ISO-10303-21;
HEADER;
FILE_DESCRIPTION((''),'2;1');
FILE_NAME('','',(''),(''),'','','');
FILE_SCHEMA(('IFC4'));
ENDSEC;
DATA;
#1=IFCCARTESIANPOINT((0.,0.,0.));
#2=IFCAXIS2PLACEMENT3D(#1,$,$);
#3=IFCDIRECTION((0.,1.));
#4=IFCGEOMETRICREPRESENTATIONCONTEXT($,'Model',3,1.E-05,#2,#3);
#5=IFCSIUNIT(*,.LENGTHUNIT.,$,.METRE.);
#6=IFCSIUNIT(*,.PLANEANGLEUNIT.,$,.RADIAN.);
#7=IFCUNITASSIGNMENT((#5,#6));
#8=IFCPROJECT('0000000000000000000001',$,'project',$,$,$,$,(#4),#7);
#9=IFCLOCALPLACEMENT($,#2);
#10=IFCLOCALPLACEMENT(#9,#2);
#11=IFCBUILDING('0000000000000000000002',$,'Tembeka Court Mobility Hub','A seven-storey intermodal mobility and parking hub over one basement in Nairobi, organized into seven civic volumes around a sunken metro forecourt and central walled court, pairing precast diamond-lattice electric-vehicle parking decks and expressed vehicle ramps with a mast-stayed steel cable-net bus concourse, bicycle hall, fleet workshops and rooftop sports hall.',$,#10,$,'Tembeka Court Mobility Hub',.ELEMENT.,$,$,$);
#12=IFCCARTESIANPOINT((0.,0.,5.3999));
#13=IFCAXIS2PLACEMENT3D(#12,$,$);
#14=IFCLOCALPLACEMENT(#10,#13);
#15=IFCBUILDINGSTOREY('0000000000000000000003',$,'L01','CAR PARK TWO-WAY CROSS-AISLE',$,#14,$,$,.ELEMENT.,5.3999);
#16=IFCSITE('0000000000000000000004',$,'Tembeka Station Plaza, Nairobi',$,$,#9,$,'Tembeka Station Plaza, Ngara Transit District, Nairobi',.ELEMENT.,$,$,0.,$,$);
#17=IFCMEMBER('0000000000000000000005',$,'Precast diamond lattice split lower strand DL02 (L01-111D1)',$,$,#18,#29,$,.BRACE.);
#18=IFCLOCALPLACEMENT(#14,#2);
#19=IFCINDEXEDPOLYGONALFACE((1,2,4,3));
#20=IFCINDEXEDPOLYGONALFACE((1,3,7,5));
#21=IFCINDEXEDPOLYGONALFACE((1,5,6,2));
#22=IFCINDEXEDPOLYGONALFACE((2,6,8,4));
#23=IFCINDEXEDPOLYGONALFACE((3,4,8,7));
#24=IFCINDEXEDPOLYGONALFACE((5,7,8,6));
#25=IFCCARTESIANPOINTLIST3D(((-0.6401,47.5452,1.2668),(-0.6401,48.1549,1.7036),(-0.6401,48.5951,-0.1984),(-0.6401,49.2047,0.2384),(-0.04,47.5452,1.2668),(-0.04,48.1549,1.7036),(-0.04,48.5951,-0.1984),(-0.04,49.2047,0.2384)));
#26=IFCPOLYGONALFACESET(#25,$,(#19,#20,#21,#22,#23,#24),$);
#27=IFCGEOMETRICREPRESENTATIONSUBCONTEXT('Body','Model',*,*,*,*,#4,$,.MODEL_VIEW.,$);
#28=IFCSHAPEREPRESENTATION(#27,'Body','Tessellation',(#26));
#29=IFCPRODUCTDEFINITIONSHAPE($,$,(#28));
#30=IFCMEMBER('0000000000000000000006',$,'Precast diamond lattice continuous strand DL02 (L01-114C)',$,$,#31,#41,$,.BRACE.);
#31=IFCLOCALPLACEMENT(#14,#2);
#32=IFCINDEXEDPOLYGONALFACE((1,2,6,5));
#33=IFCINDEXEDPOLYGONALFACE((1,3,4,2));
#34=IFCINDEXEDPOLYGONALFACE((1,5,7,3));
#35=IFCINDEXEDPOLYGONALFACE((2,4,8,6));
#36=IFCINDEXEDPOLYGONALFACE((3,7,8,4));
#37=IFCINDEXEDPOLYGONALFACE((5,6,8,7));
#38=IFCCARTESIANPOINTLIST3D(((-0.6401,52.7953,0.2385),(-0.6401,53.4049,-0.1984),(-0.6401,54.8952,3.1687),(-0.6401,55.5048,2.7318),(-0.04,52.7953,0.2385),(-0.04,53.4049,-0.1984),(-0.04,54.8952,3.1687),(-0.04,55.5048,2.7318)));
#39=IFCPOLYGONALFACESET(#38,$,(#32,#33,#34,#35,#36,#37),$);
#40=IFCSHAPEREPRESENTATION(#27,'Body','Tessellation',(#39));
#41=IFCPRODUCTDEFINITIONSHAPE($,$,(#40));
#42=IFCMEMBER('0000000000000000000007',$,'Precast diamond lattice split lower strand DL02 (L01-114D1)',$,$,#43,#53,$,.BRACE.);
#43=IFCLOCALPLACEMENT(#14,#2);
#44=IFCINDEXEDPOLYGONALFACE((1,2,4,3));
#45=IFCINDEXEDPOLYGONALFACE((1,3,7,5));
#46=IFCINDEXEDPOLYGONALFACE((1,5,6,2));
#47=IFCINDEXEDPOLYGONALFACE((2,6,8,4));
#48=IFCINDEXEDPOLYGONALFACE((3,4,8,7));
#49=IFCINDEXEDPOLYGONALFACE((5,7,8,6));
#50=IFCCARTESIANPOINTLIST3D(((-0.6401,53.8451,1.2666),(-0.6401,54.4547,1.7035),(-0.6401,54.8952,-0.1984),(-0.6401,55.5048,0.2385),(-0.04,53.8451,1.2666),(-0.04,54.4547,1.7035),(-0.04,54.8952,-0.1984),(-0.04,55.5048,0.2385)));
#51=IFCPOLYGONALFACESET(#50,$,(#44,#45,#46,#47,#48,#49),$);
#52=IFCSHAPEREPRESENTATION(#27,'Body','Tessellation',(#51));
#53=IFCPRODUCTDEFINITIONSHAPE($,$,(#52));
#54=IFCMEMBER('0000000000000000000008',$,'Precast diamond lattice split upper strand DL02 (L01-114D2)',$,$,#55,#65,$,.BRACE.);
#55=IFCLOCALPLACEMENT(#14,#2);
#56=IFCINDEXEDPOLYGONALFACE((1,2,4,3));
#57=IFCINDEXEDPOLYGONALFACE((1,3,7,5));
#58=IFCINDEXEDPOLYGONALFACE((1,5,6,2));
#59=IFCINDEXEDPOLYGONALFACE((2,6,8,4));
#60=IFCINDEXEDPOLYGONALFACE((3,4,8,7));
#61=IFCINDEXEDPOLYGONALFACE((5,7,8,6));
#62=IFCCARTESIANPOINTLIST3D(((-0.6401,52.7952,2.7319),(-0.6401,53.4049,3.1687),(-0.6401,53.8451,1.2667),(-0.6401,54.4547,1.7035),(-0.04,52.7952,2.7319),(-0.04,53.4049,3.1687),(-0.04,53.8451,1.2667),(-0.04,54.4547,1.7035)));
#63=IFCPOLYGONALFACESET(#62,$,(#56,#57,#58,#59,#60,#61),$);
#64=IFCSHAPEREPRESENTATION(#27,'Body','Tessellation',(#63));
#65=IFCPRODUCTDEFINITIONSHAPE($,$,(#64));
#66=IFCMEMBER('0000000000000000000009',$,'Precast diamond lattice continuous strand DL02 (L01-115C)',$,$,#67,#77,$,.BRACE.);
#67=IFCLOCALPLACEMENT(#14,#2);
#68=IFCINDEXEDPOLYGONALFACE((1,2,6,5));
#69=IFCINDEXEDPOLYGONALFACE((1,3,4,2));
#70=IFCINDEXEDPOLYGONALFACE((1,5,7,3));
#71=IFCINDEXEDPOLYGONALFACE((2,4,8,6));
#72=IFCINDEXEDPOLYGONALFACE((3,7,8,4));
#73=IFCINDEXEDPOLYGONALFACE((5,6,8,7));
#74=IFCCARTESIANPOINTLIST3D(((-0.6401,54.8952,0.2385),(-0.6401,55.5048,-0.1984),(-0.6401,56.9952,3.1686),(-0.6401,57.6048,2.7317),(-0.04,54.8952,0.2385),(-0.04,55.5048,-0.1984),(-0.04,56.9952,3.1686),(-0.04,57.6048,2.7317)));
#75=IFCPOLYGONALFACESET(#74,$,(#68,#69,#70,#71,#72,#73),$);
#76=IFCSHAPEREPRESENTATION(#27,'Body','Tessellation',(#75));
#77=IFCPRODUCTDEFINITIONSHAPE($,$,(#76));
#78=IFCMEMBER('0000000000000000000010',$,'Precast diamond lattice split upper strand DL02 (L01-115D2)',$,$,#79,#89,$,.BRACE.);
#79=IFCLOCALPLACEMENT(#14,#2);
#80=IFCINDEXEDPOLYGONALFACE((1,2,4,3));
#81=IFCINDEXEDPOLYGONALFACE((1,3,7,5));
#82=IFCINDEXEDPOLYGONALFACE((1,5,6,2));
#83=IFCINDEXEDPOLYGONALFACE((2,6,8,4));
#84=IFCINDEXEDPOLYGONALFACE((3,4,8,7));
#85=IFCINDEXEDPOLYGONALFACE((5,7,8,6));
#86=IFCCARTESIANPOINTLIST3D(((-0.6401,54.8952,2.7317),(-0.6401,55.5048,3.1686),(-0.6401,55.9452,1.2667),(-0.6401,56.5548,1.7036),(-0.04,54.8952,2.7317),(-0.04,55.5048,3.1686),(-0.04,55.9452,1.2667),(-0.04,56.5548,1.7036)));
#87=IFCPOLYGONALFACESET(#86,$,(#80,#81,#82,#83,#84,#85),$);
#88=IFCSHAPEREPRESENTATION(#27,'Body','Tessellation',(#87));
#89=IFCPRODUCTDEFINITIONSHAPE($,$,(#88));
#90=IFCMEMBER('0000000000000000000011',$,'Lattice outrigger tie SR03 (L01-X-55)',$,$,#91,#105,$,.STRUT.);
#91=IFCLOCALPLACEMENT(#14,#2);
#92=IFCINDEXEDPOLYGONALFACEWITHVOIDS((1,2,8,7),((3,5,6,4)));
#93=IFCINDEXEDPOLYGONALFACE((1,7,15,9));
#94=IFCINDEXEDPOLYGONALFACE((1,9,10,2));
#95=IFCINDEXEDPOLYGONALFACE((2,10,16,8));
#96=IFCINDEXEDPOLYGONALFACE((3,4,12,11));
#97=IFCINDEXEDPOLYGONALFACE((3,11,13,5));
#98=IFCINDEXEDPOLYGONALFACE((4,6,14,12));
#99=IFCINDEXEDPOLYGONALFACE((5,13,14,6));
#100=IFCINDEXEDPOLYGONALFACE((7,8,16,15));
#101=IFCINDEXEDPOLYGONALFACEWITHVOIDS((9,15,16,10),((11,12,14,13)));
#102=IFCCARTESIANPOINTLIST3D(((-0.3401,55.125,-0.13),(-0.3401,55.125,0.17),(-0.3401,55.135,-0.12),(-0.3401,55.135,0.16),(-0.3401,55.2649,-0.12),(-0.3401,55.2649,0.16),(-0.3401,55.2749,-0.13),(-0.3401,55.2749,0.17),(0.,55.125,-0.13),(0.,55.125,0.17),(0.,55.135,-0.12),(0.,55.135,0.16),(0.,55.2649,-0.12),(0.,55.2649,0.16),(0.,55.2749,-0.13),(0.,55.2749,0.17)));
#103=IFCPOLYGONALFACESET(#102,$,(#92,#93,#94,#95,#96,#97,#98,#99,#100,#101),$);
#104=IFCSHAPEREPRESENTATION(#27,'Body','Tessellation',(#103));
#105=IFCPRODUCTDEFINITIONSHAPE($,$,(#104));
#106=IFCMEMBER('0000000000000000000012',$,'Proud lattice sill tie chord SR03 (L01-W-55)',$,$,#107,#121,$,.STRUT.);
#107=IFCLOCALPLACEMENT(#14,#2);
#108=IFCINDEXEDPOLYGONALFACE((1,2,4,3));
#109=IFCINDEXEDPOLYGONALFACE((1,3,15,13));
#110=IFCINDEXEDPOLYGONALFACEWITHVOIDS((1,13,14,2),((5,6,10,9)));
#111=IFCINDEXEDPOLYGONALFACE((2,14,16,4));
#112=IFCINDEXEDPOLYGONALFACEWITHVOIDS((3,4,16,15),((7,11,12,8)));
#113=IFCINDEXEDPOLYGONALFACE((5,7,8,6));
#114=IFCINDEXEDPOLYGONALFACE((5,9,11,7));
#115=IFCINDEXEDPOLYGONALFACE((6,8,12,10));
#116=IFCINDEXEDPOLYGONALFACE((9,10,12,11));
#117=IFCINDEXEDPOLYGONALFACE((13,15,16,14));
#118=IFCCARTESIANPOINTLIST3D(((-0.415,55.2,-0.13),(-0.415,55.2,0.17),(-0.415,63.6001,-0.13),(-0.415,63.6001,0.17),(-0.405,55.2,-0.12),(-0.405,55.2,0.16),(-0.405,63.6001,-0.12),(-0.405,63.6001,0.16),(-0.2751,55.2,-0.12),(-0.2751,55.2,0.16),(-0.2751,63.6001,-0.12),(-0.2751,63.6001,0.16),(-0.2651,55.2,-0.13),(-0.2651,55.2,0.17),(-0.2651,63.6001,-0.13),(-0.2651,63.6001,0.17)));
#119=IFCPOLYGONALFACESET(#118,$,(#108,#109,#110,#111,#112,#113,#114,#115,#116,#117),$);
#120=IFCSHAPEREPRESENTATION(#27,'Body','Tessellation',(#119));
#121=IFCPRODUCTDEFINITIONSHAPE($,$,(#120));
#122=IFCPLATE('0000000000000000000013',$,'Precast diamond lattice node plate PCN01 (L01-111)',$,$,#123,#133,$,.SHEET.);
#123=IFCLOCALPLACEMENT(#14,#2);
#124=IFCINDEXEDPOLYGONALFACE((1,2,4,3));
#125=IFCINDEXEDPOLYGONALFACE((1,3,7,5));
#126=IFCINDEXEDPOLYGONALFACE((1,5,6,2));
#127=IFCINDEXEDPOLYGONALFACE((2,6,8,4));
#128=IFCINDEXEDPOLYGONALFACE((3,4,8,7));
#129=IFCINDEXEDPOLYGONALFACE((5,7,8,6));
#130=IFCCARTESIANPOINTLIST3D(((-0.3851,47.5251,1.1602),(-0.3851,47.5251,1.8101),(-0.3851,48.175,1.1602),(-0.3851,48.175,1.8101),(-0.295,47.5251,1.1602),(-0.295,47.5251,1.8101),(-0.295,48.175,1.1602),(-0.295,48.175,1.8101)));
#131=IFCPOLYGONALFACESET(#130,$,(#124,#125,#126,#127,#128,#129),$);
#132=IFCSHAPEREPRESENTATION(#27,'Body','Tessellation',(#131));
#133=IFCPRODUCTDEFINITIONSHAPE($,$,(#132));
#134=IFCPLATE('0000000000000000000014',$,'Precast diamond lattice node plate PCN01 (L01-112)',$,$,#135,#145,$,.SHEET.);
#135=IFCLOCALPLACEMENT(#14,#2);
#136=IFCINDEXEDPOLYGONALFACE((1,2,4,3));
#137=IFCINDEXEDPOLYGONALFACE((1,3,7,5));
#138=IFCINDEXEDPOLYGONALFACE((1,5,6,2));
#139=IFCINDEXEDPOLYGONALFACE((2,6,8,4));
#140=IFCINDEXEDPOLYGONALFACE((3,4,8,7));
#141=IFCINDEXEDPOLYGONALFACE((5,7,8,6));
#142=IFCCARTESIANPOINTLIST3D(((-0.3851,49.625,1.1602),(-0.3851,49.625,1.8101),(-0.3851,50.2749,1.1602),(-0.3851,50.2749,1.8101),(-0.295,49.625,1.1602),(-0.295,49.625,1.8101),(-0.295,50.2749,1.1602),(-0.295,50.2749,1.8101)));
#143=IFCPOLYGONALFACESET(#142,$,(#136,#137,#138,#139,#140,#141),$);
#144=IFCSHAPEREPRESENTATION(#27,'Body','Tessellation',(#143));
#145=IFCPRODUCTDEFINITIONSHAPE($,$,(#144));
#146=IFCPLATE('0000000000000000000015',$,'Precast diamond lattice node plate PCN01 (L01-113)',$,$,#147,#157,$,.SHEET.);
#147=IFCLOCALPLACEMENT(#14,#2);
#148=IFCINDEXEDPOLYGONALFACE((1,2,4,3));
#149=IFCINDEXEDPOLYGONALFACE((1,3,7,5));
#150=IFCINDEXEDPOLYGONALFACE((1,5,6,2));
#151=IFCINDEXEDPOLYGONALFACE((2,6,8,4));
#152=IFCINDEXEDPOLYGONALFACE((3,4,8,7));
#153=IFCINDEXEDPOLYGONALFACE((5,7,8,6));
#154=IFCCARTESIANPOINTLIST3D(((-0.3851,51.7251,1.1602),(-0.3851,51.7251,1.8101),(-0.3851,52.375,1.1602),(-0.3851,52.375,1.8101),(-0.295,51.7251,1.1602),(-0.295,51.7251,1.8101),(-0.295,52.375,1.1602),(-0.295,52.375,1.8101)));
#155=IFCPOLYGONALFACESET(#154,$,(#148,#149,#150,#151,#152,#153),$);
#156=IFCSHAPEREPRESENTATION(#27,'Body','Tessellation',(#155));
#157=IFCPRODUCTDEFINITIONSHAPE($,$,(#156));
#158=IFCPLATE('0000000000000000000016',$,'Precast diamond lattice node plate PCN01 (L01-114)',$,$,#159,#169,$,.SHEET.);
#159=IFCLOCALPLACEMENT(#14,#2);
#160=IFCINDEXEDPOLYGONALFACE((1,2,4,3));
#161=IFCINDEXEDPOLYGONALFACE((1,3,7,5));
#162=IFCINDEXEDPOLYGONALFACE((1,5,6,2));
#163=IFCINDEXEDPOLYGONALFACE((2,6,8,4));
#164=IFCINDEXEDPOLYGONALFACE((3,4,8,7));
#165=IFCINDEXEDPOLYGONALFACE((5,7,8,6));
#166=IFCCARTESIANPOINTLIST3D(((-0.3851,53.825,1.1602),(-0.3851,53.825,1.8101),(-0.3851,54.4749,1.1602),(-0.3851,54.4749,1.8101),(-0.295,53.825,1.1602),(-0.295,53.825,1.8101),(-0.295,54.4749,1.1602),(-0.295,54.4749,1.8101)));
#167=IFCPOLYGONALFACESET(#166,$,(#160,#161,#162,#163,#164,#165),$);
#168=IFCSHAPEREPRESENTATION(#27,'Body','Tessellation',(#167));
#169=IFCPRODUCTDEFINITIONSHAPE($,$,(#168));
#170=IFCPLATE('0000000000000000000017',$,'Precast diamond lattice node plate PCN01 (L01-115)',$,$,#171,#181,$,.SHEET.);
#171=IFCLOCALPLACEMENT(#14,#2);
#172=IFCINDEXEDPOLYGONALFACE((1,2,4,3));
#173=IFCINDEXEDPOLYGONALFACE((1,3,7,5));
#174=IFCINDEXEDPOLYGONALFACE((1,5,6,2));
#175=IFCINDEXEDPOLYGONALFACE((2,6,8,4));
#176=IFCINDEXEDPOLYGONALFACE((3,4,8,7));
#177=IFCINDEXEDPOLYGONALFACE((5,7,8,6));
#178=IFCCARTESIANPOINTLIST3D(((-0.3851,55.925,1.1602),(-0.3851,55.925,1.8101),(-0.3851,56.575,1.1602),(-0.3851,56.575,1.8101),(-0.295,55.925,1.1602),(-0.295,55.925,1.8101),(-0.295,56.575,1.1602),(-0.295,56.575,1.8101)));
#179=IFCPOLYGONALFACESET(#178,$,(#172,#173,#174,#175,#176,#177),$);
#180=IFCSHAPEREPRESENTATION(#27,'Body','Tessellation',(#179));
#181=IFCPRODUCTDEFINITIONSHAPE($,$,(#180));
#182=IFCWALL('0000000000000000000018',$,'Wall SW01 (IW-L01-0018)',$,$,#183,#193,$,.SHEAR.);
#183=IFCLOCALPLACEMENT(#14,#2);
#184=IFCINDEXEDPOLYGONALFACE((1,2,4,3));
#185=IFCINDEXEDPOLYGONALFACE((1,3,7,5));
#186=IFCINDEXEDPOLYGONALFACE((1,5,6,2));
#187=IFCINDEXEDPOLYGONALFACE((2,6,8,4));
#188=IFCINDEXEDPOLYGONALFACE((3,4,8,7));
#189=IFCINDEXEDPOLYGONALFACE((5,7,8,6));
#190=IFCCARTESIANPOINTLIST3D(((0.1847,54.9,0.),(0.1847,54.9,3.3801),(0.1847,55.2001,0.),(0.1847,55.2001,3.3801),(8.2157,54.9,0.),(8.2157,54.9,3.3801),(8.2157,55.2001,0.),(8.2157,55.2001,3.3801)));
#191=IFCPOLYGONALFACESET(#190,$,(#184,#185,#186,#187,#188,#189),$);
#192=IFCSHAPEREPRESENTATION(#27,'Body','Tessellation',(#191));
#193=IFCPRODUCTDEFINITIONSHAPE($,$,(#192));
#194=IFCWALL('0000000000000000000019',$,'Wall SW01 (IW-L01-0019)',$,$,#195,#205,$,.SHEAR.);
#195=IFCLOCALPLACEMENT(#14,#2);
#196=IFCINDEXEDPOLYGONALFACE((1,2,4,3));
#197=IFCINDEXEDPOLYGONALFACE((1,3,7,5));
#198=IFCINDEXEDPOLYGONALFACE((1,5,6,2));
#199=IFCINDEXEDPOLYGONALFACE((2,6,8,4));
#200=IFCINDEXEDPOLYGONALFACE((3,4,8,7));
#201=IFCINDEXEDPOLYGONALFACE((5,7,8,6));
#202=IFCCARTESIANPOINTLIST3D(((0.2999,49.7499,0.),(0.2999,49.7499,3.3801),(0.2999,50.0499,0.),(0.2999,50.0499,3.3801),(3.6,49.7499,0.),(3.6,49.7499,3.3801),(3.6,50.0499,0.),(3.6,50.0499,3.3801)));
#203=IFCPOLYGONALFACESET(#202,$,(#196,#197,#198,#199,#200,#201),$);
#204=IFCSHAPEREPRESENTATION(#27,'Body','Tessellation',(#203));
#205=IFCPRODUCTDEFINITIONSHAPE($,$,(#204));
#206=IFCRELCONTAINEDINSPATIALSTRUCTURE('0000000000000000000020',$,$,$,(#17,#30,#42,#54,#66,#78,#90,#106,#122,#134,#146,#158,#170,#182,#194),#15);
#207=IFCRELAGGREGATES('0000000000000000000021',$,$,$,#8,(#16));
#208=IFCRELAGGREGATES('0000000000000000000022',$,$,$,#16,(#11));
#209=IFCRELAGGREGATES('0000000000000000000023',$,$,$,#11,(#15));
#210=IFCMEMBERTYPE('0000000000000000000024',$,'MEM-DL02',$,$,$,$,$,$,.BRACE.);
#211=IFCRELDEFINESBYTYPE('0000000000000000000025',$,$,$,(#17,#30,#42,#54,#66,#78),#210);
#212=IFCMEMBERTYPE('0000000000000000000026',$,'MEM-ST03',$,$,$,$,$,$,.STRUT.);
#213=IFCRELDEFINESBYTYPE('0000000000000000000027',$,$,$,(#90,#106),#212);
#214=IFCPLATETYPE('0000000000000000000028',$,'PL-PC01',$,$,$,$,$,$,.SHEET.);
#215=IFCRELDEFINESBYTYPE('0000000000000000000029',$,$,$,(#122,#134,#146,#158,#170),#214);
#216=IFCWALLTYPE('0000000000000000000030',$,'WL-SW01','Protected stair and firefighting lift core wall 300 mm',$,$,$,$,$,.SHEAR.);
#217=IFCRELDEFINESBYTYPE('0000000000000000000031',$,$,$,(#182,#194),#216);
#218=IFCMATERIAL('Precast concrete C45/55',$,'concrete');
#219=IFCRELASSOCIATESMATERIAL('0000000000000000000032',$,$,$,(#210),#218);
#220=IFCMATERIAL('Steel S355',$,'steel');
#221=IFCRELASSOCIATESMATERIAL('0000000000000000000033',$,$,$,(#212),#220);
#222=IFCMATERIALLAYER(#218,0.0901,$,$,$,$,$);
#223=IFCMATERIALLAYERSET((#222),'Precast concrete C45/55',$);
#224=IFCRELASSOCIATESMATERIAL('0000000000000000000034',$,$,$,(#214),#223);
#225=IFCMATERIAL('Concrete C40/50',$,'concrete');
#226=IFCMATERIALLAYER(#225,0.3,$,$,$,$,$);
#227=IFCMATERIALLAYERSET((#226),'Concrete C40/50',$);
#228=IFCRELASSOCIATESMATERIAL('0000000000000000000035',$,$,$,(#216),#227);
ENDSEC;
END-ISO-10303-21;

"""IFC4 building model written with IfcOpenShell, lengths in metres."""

from ifc_helpers import new_model, si_unit, direction, frame, frame_2d, origin, origin_2d, place, context, subcontext, project, spatial, rectangle, hollow_rectangle, extrude, material, layer, layer_set, material_profile, profile_set, type_object, element, save


model = new_model("IFC4")

# Units and contexts
model_context = context("Model", 3, precision=1e-05, world=origin(), true_north=direction((0.0, 1.0)))
body_context = subcontext(model_context, "Body", "Model", "MODEL_VIEW")
ifc_project = project(units=[si_unit("LENGTHUNIT", "METRE"), si_unit("PLANEANGLEUNIT", "RADIAN")], contexts=[model_context])

# Site, building, storey
site_placement = place(None, origin())
site = spatial("IfcSite", under=ifc_project, at=site_placement, Name="Tembeka Station Plaza, Nairobi", LongName="Tembeka Station Plaza, Ngara Transit District, Nairobi", CompositionType="ELEMENT", RefElevation=0.0)
building_placement = place(site_placement, origin())
building = spatial("IfcBuilding", under=site, at=building_placement, Name="Tembeka Court Mobility Hub", Description="A seven-storey intermodal mobility and parking hub over one basement in Nairobi, organized into seven civic volumes around a sunken metro forecourt and central walled court, pairing precast diamond-lattice electric-vehicle parking decks and expressed vehicle ramps with a mast-stayed steel cable-net bus concourse, bicycle hall, fleet workshops and rooftop sports hall.", LongName="Tembeka Court Mobility Hub", CompositionType="ELEMENT")
storey_placement = place(building_placement, frame((0.0, 0.0, 5.3999)))
storey = spatial("IfcBuildingStorey", under=building, at=storey_placement, Name="L01", Description="CAR PARK TWO-WAY CROSS-AISLE", CompositionType="ELEMENT", Elevation=5.3999)

# Shared definitions
ifc_material_1 = material(Name="Steel S355", Category="steel")

# Shared definitions
ifc_material_2 = material(Name="Precast concrete C45/55", Category="concrete")

# Members
ifc_material_profile_1 = material_profile(ifc_material_2, rectangle(XDim=0.6001, YDim=0.75, at=origin_2d()), Name="PC-DIAG 600x750")
ifc_profile_set_1 = profile_set([ifc_material_profile_1], Name="Precast concrete C45/55")
member_type_1 = type_object("IfcMemberType", Name="MEM-DL02", PredefinedType="BRACE", material=ifc_profile_set_1)
member_1_placement = place(storey_placement, frame((-0.3401, 48.8999, 0.02), z_axis=(0.0, -0.582455, 0.812863), x_axis=(1.0, 0.0, 0.0)))
element("IfcMember", 1, at=member_1_placement, inside=storey, type_object=member_type_1, Name="Precast diamond lattice split lower strand DL02 (L01-111D1)", PredefinedType="BRACE", context=body_context, shape_type="SweptSolid", body=[
    extrude(rectangle(XDim=0.6001, YDim=0.75, at=origin_2d()), origin(), (0.0, 0.0, 1.0), 1.8025),
])
member_2_placement = place(storey_placement, frame((-0.3401, 53.1001, 0.02), z_axis=(0.0, 0.5825, 0.812831), x_axis=(-1.0, 0.0, 0.0)))
element("IfcMember", 2, at=member_2_placement, inside=storey, type_object=member_type_1, Name="Precast diamond lattice continuous strand DL02 (L01-114C)", PredefinedType="BRACE", context=body_context, shape_type="SweptSolid", body=[
    extrude(rectangle(XDim=0.6001, YDim=0.75, at=origin_2d()), origin(), (0.0, 0.0, 1.0), 3.605),
])
for number, where, z_axis, x_axis, name in (
    (3, (-0.3401, 55.2, 0.02), (0.0, -0.582544, 0.812799), (1.0, 0.0, 0.0), "Precast diamond lattice split lower strand DL02 (L01-114D1)"),
    (4, (-0.3401, 54.1499, 1.4851), (0.0, -0.582455, 0.812863), (1.0, 0.0, 0.0), "Precast diamond lattice split upper strand DL02 (L01-114D2)"),
):
    element("IfcMember", number, at=place(storey_placement, frame(where, z_axis=z_axis, x_axis=x_axis)), inside=storey, type_object=member_type_1, Name=name, PredefinedType="BRACE", context=body_context, shape_type="SweptSolid", body=[
        extrude(rectangle(XDim=0.6001, YDim=0.75, at=origin_2d()), origin(), (0.0, 0.0, 1.0), 1.8025),
    ])
member_3_placement = place(storey_placement, frame((-0.3401, 55.2, 0.02), z_axis=(0.0, 0.582544, 0.812799), x_axis=(-1.0, 0.0, 0.0)))
element("IfcMember", 5, at=member_3_placement, inside=storey, type_object=member_type_1, Name="Precast diamond lattice continuous strand DL02 (L01-115C)", PredefinedType="BRACE", context=body_context, shape_type="SweptSolid", body=[
    extrude(rectangle(XDim=0.6001, YDim=0.75, at=origin_2d()), origin(), (0.0, 0.0, 1.0), 3.605),
])
member_4_placement = place(storey_placement, frame((-0.3401, 56.25, 1.4851), z_axis=(0.0, -0.582544, 0.812799), x_axis=(1.0, 0.0, 0.0)))
element("IfcMember", 6, at=member_4_placement, inside=storey, type_object=member_type_1, Name="Precast diamond lattice split upper strand DL02 (L01-115D2)", PredefinedType="BRACE", context=body_context, shape_type="SweptSolid", body=[
    extrude(rectangle(XDim=0.6001, YDim=0.75, at=origin_2d()), origin(), (0.0, 0.0, 1.0), 1.8025),
])
ifc_material_profile_2 = material_profile(ifc_material_1, hollow_rectangle(XDim=0.1499, YDim=0.3, WallThickness=0.01, at=origin_2d()), Name="RHS 300x150x10")
ifc_profile_set_2 = profile_set([ifc_material_profile_2], Name="Steel S355")
member_type_2 = type_object("IfcMemberType", Name="MEM-ST03", PredefinedType="STRUT", material=ifc_profile_set_2)
member_5_placement = place(storey_placement, frame((0.0, 55.2, 0.02), z_axis=(-1.0, 0.0, 0.0), x_axis=(0.0, -1.0, 0.0)))
element("IfcMember", 7, at=member_5_placement, inside=storey, type_object=member_type_2, Name="Lattice outrigger tie SR03 (L01-X-55)", PredefinedType="STRUT", context=body_context, shape_type="SweptSolid", body=[
    extrude(hollow_rectangle(XDim=0.1499, YDim=0.3, WallThickness=0.01, at=origin_2d()), origin(), (0.0, 0.0, 1.0), 0.3401),
])
member_6_placement = place(storey_placement, frame((-0.3401, 55.2, 0.02), z_axis=(0.0, 1.0, 0.0), x_axis=(-1.0, 0.0, 0.0)))
element("IfcMember", 8, at=member_6_placement, inside=storey, type_object=member_type_2, Name="Proud lattice sill tie chord SR03 (L01-W-55)", PredefinedType="STRUT", context=body_context, shape_type="SweptSolid", body=[
    extrude(hollow_rectangle(XDim=0.1499, YDim=0.3, WallThickness=0.01, at=origin_2d()), origin(), (0.0, 0.0, 1.0), 8.4001),
])

# Plates
ifc_layer_1 = layer(ifc_material_2, 0.0901)
ifc_layer_set_1 = layer_set([ifc_layer_1], Name="Precast concrete C45/55")
plate_type = type_object("IfcPlateType", Name="PL-PC01", PredefinedType="SHEET", material=ifc_layer_set_1)
for number, where, z_axis, x_axis, name in (
    (9, (-0.3401, 47.8501, 1.1602), (0.0, 0.0, 1.0), (1.0, 0.0, 0.0), "Precast diamond lattice node plate PCN01 (L01-111)"),
    (10, (-0.3401, 49.95, 1.1602), (0.0, 0.0, 1.0), (1.0, 0.0, 0.0), "Precast diamond lattice node plate PCN01 (L01-112)"),
    (11, (-0.3401, 52.05, 1.1602), (0.0, 0.0, 1.0), (1.0, 0.0, 0.0), "Precast diamond lattice node plate PCN01 (L01-113)"),
    (12, (-0.3401, 54.1499, 1.1602), (0.0, 0.0, 1.0), (1.0, 0.0, 0.0), "Precast diamond lattice node plate PCN01 (L01-114)"),
    (13, (-0.3401, 56.25, 1.1602), (0.0, 0.0, 1.0), (1.0, 0.0, 0.0), "Precast diamond lattice node plate PCN01 (L01-115)"),
):
    element("IfcPlate", number, at=place(storey_placement, frame(where, z_axis=z_axis, x_axis=x_axis)), inside=storey, type_object=plate_type, Name=name, PredefinedType="SHEET", context=body_context, shape_type="SweptSolid", body=[
        extrude(rectangle(XDim=0.0901, YDim=0.6499, at=origin_2d()), origin(), (0.0, 0.0, 1.0), 0.6499),
    ])

# Walls
ifc_material_3 = material(Name="Concrete C40/50", Category="concrete")
ifc_layer_2 = layer(ifc_material_3, 0.3)
ifc_layer_set_2 = layer_set([ifc_layer_2], Name="Concrete C40/50")
wall_type = type_object("IfcWallType", Name="WL-SW01", Description="Protected stair and firefighting lift core wall 300 mm", PredefinedType="SHEAR", material=ifc_layer_set_2)
wall_1_placement = place(storey_placement, frame((0.1846, 55.05, 0.0), z_axis=(0.0, 0.0, 1.0), x_axis=(1.0, 0.0, 0.0)))
element("IfcWall", 14, at=wall_1_placement, inside=storey, type_object=wall_type, Name="Wall SW01 (IW-L01-0018)", PredefinedType="SHEAR", context=body_context, shape_type="SweptSolid", body=[
    extrude(rectangle(XDim=8.031, YDim=0.3, at=frame_2d((4.0156, 0.0))), origin(), (0.0, 0.0, 1.0), 3.3801),
])
wall_2_placement = place(storey_placement, frame((0.3, 49.8999, 0.0), z_axis=(0.0, 0.0, 1.0), x_axis=(1.0, 0.0, 0.0)))
element("IfcWall", 15, at=wall_2_placement, inside=storey, type_object=wall_type, Name="Wall SW01 (IW-L01-0019)", PredefinedType="SHEAR", context=body_context, shape_type="SweptSolid", body=[
    extrude(rectangle(XDim=3.3, YDim=0.3, at=frame_2d((1.6499, 0.0))), origin(), (0.0, 0.0, 1.0), 3.3801),
])

save(model, "model.ifc")
